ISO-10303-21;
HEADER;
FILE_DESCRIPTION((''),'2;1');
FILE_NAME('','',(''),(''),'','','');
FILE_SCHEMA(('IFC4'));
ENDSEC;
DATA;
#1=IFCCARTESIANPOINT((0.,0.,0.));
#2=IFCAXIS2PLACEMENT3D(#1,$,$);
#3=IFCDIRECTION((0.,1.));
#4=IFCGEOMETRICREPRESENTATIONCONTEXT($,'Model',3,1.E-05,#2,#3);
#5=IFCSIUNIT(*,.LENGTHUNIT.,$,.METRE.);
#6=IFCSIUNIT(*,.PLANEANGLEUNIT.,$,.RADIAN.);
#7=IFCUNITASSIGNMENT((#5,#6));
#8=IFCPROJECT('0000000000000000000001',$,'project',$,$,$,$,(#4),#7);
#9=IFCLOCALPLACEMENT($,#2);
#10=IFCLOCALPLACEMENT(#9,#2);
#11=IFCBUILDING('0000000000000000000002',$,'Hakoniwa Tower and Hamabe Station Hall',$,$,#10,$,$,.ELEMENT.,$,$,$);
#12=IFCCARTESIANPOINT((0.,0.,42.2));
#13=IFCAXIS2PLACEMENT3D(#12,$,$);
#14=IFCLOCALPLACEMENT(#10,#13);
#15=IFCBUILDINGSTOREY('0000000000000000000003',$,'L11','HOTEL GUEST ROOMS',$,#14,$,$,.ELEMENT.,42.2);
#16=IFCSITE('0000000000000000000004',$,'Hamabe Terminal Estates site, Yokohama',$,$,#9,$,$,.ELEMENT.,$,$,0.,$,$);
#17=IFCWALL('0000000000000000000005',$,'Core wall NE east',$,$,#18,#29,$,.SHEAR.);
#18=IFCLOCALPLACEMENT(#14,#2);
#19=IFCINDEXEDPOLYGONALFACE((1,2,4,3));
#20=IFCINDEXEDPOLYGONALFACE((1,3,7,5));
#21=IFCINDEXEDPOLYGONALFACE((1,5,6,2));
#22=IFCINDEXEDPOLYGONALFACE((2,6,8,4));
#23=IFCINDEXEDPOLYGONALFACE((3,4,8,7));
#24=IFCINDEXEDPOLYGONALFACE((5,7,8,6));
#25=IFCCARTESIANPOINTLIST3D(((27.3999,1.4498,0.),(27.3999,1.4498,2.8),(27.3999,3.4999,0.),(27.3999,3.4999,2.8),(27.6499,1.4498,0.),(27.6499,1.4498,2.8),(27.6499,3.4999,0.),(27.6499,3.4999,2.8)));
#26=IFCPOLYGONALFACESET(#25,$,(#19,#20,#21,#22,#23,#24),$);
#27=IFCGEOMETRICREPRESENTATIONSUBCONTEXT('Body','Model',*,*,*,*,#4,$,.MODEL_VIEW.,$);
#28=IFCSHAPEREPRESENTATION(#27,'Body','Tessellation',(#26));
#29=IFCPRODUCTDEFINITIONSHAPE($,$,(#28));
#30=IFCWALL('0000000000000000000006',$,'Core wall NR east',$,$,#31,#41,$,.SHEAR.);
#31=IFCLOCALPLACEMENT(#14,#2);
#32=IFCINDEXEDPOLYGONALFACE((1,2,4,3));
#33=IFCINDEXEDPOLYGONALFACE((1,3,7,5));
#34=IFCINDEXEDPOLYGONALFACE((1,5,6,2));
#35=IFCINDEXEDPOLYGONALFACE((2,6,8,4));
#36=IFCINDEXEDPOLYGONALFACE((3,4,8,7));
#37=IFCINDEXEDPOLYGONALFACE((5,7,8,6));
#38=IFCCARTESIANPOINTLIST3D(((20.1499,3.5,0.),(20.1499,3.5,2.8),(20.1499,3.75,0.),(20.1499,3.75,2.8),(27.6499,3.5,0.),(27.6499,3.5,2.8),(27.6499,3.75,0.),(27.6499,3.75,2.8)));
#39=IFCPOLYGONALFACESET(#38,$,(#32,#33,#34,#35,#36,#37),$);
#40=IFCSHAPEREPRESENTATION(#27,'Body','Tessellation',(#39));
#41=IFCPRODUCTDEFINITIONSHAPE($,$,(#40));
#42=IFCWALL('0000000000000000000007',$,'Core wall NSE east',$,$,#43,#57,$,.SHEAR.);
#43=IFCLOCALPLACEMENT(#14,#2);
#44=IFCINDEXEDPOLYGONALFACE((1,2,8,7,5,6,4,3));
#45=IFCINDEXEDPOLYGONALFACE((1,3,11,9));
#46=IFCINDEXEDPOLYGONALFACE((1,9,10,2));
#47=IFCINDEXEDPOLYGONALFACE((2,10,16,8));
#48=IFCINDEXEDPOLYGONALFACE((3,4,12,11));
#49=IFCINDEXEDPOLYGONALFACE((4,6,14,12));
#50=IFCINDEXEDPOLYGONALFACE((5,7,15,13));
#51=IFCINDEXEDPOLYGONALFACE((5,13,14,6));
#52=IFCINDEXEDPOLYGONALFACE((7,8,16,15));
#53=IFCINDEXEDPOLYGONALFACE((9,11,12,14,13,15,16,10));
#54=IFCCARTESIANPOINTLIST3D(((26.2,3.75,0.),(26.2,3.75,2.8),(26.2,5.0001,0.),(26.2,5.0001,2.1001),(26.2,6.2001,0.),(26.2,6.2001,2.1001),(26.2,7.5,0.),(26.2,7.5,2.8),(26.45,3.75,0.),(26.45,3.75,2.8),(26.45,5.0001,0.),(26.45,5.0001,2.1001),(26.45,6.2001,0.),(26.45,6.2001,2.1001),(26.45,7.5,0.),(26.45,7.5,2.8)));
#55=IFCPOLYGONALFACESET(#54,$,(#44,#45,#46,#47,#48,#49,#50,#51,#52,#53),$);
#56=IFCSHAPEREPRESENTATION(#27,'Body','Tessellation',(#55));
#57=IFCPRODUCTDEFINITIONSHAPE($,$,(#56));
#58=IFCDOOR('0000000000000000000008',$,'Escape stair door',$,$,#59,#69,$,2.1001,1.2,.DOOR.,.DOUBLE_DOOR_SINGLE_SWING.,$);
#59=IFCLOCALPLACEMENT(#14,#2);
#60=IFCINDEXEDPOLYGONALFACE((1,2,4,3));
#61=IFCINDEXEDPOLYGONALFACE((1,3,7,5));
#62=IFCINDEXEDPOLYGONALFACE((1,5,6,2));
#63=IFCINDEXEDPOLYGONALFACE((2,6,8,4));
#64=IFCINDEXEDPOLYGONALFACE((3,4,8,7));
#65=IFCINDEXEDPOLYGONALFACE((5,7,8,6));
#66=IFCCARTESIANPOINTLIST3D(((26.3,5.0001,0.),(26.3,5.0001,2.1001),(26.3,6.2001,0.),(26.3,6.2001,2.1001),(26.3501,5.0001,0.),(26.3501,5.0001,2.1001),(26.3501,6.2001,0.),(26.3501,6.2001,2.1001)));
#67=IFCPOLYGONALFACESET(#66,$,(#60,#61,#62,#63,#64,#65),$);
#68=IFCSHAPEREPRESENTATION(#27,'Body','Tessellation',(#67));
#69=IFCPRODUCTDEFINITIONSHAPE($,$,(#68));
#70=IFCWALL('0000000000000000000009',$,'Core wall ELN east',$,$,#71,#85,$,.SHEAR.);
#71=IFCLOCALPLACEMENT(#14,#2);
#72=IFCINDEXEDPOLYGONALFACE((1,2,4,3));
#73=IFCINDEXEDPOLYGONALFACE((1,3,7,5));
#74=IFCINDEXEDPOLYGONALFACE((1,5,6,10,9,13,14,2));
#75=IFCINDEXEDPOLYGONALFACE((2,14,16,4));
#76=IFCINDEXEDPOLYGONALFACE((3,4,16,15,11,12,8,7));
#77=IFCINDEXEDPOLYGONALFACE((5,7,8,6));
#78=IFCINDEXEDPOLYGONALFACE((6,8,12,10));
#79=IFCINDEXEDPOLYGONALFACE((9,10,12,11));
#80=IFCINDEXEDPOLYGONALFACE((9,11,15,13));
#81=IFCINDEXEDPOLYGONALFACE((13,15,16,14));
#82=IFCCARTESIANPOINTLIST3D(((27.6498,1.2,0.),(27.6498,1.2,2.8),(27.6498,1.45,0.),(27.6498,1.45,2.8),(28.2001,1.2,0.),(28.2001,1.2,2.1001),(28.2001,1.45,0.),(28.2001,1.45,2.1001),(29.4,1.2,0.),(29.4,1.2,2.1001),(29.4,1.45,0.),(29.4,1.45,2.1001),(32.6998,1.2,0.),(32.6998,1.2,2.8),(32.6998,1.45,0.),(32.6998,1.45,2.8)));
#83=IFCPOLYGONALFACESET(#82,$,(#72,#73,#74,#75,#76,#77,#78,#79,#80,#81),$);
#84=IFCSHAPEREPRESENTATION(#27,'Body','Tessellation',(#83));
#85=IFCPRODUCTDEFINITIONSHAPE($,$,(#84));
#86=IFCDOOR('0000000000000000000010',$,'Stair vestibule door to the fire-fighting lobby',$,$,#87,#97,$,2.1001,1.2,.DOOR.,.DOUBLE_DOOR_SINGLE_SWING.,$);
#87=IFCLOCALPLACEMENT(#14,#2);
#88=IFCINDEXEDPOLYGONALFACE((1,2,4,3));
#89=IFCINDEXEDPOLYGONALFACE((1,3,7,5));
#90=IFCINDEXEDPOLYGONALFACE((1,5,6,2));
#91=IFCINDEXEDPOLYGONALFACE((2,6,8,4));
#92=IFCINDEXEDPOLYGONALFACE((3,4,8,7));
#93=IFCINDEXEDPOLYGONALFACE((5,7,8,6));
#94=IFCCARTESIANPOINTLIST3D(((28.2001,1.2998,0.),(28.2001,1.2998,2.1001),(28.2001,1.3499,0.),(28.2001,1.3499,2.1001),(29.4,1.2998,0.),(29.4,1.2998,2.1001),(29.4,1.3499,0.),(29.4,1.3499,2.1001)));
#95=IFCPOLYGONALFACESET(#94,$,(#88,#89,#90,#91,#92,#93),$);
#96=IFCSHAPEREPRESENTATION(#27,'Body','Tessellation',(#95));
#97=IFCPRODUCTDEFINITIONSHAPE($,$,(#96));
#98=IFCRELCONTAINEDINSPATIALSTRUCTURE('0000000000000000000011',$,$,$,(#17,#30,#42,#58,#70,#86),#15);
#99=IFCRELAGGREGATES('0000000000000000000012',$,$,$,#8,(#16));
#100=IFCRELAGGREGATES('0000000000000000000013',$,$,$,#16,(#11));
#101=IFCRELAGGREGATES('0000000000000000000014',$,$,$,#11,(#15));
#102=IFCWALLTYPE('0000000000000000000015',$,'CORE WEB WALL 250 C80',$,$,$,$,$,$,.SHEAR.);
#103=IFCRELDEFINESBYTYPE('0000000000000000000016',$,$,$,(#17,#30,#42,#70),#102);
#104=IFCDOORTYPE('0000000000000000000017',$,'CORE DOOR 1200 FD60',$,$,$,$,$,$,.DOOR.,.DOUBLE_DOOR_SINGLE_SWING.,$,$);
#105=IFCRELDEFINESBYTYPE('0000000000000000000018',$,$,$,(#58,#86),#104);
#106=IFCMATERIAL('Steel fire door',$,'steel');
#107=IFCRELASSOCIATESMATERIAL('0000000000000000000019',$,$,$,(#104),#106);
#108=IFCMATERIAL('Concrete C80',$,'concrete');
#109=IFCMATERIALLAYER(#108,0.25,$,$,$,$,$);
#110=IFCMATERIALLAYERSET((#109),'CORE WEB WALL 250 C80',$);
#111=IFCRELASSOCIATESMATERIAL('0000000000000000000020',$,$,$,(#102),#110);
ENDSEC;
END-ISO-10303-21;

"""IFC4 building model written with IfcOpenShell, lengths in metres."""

from ifc_helpers import new_model, si_unit, direction, frame, frame_2d, origin, place, context, subcontext, project, spatial, rectangle, extrude, material, layer, layer_set, type_object, element, fill, save


model = new_model("IFC4")

# Units and contexts
model_context = context("Model", 3, precision=1e-05, world=origin(), true_north=direction((0.0, 1.0)))
body_context = subcontext(model_context, "Body", "Model", "MODEL_VIEW")
ifc_project = project(units=[si_unit("LENGTHUNIT", "METRE"), si_unit("PLANEANGLEUNIT", "RADIAN")], contexts=[model_context])

# Site, building, storey
site_placement = place(None, origin())
site = spatial("IfcSite", under=ifc_project, at=site_placement, Name="Hamabe Terminal Estates site, Yokohama", CompositionType="ELEMENT", RefElevation=0.0)
building_placement = place(site_placement, origin())
building = spatial("IfcBuilding", under=site, at=building_placement, Name="Hakoniwa Tower and Hamabe Station Hall", CompositionType="ELEMENT")
storey_placement = place(building_placement, frame((0.0, 0.0, 42.2)))
storey = spatial("IfcBuildingStorey", under=building, at=storey_placement, Name="L11", Description="HOTEL GUEST ROOMS", CompositionType="ELEMENT", Elevation=42.2)

# Shared definitions
ifc_material_1 = material(Name="Steel fire door", Category="steel")
door_type_1 = type_object("IfcDoorType", Name="CORE DOOR 1200 FD60", OperationType="DOUBLE_DOOR_SINGLE_SWING", PredefinedType="DOOR", material=ifc_material_1)

# Shared definitions
ifc_material_2 = material(Name="Concrete C80", Category="concrete")
ifc_layer_1 = layer(ifc_material_2, 0.25)
ifc_layer_set_1 = layer_set([ifc_layer_1], Name="CORE WEB WALL 250 C80")
wall_type_1 = type_object("IfcWallType", Name="CORE WEB WALL 250 C80", PredefinedType="SHEAR", material=ifc_layer_set_1)

# Walls
wall_1_placement = place(storey_placement, frame((27.5249, 1.45, 0.0), z_axis=(0.0, 0.0, 1.0), x_axis=(0.0, 1.0, 0.0)))
element("IfcWall", 1, at=wall_1_placement, inside=storey, type_object=wall_type_1, Name="Core wall NE east", PredefinedType="SHEAR", context=body_context, shape_type="SweptSolid", body=[
    extrude(rectangle(XDim=2.05, YDim=0.25, at=frame_2d((1.0249, 0.0))), origin(), (0.0, 0.0, 1.0), 2.8),
])
wall_2_placement = place(storey_placement, frame((20.1499, 3.625, 0.0), z_axis=(0.0, 0.0, 1.0), x_axis=(1.0, 0.0, 0.0)))
element("IfcWall", 2, at=wall_2_placement, inside=storey, type_object=wall_type_1, Name="Core wall NR east", PredefinedType="SHEAR", context=body_context, shape_type="SweptSolid", body=[
    extrude(rectangle(XDim=7.5, YDim=0.25, at=frame_2d((3.75, 0.0))), origin(), (0.0, 0.0, 1.0), 2.8),
])

# Walls, openings, doors
wall_3_placement = place(storey_placement, frame((26.325, 3.75, 0.0), z_axis=(0.0, 0.0, 1.0), x_axis=(0.0, 1.0, 0.0)))
wall_3 = element("IfcWall", 3, at=wall_3_placement, inside=storey, type_object=wall_type_1, Name="Core wall NSE east", PredefinedType="SHEAR", context=body_context, shape_type="SweptSolid", body=[
    extrude(rectangle(XDim=3.75, YDim=0.25, at=frame_2d((1.875, 0.0))), origin(), (0.0, 0.0, 1.0), 2.8),
])
opening_1_placement = place(wall_3_placement, frame((1.25, 0.0, 0.0)))
opening_1 = element("IfcOpeningElement", 4, at=opening_1_placement, cuts=wall_3, PredefinedType="OPENING", context=body_context, shape_type="SweptSolid", body=[
    extrude(rectangle(XDim=1.2, YDim=2.1001, at=frame_2d((0.6001, 1.05))), frame((0.0, 0.135, 0.0), z_axis=(0.0, -1.0, 0.0), x_axis=(1.0, 0.0, 0.0)), (0.0, 0.0, 1.0), 0.27),
])
door_1_placement = place(opening_1_placement, origin())
door_1 = element("IfcDoor", 5, at=door_1_placement, inside=storey, type_object=door_type_1, Name="Escape stair door", OperationType="DOUBLE_DOOR_SINGLE_SWING", OverallHeight=2.1001, OverallWidth=1.2, PredefinedType="DOOR", context=body_context, shape_type="SweptSolid", body=[
    extrude(rectangle(XDim=1.2, YDim=2.1001, at=frame_2d((0.6001, 1.05))), frame((0.0, 0.0249, 0.0), z_axis=(0.0, -1.0, 0.0), x_axis=(1.0, 0.0, 0.0)), (0.0, 0.0, 1.0), 0.05),
])
fill(opening_1, door_1)
wall_4_placement = place(storey_placement, frame((27.6499, 1.325, 0.0), z_axis=(0.0, 0.0, 1.0), x_axis=(1.0, 0.0, 0.0)))
wall_4 = element("IfcWall", 6, at=wall_4_placement, inside=storey, type_object=wall_type_1, Name="Core wall ELN east", PredefinedType="SHEAR", context=body_context, shape_type="SweptSolid", body=[
    extrude(rectangle(XDim=5.05, YDim=0.25, at=frame_2d((2.5249, 0.0))), origin(), (0.0, 0.0, 1.0), 2.8),
])
opening_2_placement = place(wall_4_placement, frame((0.55, 0.0, 0.0)))
opening_2 = element("IfcOpeningElement", 7, at=opening_2_placement, cuts=wall_4, PredefinedType="OPENING", context=body_context, shape_type="SweptSolid", body=[
    extrude(rectangle(XDim=1.2, YDim=2.1001, at=frame_2d((0.6001, 1.05))), frame((0.0, 0.135, 0.0), z_axis=(0.0, -1.0, 0.0), x_axis=(1.0, 0.0, 0.0)), (0.0, 0.0, 1.0), 0.27),
])
door_2_placement = place(opening_2_placement, origin())
door_2 = element("IfcDoor", 8, at=door_2_placement, inside=storey, type_object=door_type_1, Name="Stair vestibule door to the fire-fighting lobby", OperationType="DOUBLE_DOOR_SINGLE_SWING", OverallHeight=2.1001, OverallWidth=1.2, PredefinedType="DOOR", context=body_context, shape_type="SweptSolid", body=[
    extrude(rectangle(XDim=1.2, YDim=2.1001, at=frame_2d((0.6001, 1.05))), frame((0.0, 0.0249, 0.0), z_axis=(0.0, -1.0, 0.0), x_axis=(1.0, 0.0, 0.0)), (0.0, 0.0, 1.0), 0.05),
])
fill(opening_2, door_2)

save(model, "model.ifc")
